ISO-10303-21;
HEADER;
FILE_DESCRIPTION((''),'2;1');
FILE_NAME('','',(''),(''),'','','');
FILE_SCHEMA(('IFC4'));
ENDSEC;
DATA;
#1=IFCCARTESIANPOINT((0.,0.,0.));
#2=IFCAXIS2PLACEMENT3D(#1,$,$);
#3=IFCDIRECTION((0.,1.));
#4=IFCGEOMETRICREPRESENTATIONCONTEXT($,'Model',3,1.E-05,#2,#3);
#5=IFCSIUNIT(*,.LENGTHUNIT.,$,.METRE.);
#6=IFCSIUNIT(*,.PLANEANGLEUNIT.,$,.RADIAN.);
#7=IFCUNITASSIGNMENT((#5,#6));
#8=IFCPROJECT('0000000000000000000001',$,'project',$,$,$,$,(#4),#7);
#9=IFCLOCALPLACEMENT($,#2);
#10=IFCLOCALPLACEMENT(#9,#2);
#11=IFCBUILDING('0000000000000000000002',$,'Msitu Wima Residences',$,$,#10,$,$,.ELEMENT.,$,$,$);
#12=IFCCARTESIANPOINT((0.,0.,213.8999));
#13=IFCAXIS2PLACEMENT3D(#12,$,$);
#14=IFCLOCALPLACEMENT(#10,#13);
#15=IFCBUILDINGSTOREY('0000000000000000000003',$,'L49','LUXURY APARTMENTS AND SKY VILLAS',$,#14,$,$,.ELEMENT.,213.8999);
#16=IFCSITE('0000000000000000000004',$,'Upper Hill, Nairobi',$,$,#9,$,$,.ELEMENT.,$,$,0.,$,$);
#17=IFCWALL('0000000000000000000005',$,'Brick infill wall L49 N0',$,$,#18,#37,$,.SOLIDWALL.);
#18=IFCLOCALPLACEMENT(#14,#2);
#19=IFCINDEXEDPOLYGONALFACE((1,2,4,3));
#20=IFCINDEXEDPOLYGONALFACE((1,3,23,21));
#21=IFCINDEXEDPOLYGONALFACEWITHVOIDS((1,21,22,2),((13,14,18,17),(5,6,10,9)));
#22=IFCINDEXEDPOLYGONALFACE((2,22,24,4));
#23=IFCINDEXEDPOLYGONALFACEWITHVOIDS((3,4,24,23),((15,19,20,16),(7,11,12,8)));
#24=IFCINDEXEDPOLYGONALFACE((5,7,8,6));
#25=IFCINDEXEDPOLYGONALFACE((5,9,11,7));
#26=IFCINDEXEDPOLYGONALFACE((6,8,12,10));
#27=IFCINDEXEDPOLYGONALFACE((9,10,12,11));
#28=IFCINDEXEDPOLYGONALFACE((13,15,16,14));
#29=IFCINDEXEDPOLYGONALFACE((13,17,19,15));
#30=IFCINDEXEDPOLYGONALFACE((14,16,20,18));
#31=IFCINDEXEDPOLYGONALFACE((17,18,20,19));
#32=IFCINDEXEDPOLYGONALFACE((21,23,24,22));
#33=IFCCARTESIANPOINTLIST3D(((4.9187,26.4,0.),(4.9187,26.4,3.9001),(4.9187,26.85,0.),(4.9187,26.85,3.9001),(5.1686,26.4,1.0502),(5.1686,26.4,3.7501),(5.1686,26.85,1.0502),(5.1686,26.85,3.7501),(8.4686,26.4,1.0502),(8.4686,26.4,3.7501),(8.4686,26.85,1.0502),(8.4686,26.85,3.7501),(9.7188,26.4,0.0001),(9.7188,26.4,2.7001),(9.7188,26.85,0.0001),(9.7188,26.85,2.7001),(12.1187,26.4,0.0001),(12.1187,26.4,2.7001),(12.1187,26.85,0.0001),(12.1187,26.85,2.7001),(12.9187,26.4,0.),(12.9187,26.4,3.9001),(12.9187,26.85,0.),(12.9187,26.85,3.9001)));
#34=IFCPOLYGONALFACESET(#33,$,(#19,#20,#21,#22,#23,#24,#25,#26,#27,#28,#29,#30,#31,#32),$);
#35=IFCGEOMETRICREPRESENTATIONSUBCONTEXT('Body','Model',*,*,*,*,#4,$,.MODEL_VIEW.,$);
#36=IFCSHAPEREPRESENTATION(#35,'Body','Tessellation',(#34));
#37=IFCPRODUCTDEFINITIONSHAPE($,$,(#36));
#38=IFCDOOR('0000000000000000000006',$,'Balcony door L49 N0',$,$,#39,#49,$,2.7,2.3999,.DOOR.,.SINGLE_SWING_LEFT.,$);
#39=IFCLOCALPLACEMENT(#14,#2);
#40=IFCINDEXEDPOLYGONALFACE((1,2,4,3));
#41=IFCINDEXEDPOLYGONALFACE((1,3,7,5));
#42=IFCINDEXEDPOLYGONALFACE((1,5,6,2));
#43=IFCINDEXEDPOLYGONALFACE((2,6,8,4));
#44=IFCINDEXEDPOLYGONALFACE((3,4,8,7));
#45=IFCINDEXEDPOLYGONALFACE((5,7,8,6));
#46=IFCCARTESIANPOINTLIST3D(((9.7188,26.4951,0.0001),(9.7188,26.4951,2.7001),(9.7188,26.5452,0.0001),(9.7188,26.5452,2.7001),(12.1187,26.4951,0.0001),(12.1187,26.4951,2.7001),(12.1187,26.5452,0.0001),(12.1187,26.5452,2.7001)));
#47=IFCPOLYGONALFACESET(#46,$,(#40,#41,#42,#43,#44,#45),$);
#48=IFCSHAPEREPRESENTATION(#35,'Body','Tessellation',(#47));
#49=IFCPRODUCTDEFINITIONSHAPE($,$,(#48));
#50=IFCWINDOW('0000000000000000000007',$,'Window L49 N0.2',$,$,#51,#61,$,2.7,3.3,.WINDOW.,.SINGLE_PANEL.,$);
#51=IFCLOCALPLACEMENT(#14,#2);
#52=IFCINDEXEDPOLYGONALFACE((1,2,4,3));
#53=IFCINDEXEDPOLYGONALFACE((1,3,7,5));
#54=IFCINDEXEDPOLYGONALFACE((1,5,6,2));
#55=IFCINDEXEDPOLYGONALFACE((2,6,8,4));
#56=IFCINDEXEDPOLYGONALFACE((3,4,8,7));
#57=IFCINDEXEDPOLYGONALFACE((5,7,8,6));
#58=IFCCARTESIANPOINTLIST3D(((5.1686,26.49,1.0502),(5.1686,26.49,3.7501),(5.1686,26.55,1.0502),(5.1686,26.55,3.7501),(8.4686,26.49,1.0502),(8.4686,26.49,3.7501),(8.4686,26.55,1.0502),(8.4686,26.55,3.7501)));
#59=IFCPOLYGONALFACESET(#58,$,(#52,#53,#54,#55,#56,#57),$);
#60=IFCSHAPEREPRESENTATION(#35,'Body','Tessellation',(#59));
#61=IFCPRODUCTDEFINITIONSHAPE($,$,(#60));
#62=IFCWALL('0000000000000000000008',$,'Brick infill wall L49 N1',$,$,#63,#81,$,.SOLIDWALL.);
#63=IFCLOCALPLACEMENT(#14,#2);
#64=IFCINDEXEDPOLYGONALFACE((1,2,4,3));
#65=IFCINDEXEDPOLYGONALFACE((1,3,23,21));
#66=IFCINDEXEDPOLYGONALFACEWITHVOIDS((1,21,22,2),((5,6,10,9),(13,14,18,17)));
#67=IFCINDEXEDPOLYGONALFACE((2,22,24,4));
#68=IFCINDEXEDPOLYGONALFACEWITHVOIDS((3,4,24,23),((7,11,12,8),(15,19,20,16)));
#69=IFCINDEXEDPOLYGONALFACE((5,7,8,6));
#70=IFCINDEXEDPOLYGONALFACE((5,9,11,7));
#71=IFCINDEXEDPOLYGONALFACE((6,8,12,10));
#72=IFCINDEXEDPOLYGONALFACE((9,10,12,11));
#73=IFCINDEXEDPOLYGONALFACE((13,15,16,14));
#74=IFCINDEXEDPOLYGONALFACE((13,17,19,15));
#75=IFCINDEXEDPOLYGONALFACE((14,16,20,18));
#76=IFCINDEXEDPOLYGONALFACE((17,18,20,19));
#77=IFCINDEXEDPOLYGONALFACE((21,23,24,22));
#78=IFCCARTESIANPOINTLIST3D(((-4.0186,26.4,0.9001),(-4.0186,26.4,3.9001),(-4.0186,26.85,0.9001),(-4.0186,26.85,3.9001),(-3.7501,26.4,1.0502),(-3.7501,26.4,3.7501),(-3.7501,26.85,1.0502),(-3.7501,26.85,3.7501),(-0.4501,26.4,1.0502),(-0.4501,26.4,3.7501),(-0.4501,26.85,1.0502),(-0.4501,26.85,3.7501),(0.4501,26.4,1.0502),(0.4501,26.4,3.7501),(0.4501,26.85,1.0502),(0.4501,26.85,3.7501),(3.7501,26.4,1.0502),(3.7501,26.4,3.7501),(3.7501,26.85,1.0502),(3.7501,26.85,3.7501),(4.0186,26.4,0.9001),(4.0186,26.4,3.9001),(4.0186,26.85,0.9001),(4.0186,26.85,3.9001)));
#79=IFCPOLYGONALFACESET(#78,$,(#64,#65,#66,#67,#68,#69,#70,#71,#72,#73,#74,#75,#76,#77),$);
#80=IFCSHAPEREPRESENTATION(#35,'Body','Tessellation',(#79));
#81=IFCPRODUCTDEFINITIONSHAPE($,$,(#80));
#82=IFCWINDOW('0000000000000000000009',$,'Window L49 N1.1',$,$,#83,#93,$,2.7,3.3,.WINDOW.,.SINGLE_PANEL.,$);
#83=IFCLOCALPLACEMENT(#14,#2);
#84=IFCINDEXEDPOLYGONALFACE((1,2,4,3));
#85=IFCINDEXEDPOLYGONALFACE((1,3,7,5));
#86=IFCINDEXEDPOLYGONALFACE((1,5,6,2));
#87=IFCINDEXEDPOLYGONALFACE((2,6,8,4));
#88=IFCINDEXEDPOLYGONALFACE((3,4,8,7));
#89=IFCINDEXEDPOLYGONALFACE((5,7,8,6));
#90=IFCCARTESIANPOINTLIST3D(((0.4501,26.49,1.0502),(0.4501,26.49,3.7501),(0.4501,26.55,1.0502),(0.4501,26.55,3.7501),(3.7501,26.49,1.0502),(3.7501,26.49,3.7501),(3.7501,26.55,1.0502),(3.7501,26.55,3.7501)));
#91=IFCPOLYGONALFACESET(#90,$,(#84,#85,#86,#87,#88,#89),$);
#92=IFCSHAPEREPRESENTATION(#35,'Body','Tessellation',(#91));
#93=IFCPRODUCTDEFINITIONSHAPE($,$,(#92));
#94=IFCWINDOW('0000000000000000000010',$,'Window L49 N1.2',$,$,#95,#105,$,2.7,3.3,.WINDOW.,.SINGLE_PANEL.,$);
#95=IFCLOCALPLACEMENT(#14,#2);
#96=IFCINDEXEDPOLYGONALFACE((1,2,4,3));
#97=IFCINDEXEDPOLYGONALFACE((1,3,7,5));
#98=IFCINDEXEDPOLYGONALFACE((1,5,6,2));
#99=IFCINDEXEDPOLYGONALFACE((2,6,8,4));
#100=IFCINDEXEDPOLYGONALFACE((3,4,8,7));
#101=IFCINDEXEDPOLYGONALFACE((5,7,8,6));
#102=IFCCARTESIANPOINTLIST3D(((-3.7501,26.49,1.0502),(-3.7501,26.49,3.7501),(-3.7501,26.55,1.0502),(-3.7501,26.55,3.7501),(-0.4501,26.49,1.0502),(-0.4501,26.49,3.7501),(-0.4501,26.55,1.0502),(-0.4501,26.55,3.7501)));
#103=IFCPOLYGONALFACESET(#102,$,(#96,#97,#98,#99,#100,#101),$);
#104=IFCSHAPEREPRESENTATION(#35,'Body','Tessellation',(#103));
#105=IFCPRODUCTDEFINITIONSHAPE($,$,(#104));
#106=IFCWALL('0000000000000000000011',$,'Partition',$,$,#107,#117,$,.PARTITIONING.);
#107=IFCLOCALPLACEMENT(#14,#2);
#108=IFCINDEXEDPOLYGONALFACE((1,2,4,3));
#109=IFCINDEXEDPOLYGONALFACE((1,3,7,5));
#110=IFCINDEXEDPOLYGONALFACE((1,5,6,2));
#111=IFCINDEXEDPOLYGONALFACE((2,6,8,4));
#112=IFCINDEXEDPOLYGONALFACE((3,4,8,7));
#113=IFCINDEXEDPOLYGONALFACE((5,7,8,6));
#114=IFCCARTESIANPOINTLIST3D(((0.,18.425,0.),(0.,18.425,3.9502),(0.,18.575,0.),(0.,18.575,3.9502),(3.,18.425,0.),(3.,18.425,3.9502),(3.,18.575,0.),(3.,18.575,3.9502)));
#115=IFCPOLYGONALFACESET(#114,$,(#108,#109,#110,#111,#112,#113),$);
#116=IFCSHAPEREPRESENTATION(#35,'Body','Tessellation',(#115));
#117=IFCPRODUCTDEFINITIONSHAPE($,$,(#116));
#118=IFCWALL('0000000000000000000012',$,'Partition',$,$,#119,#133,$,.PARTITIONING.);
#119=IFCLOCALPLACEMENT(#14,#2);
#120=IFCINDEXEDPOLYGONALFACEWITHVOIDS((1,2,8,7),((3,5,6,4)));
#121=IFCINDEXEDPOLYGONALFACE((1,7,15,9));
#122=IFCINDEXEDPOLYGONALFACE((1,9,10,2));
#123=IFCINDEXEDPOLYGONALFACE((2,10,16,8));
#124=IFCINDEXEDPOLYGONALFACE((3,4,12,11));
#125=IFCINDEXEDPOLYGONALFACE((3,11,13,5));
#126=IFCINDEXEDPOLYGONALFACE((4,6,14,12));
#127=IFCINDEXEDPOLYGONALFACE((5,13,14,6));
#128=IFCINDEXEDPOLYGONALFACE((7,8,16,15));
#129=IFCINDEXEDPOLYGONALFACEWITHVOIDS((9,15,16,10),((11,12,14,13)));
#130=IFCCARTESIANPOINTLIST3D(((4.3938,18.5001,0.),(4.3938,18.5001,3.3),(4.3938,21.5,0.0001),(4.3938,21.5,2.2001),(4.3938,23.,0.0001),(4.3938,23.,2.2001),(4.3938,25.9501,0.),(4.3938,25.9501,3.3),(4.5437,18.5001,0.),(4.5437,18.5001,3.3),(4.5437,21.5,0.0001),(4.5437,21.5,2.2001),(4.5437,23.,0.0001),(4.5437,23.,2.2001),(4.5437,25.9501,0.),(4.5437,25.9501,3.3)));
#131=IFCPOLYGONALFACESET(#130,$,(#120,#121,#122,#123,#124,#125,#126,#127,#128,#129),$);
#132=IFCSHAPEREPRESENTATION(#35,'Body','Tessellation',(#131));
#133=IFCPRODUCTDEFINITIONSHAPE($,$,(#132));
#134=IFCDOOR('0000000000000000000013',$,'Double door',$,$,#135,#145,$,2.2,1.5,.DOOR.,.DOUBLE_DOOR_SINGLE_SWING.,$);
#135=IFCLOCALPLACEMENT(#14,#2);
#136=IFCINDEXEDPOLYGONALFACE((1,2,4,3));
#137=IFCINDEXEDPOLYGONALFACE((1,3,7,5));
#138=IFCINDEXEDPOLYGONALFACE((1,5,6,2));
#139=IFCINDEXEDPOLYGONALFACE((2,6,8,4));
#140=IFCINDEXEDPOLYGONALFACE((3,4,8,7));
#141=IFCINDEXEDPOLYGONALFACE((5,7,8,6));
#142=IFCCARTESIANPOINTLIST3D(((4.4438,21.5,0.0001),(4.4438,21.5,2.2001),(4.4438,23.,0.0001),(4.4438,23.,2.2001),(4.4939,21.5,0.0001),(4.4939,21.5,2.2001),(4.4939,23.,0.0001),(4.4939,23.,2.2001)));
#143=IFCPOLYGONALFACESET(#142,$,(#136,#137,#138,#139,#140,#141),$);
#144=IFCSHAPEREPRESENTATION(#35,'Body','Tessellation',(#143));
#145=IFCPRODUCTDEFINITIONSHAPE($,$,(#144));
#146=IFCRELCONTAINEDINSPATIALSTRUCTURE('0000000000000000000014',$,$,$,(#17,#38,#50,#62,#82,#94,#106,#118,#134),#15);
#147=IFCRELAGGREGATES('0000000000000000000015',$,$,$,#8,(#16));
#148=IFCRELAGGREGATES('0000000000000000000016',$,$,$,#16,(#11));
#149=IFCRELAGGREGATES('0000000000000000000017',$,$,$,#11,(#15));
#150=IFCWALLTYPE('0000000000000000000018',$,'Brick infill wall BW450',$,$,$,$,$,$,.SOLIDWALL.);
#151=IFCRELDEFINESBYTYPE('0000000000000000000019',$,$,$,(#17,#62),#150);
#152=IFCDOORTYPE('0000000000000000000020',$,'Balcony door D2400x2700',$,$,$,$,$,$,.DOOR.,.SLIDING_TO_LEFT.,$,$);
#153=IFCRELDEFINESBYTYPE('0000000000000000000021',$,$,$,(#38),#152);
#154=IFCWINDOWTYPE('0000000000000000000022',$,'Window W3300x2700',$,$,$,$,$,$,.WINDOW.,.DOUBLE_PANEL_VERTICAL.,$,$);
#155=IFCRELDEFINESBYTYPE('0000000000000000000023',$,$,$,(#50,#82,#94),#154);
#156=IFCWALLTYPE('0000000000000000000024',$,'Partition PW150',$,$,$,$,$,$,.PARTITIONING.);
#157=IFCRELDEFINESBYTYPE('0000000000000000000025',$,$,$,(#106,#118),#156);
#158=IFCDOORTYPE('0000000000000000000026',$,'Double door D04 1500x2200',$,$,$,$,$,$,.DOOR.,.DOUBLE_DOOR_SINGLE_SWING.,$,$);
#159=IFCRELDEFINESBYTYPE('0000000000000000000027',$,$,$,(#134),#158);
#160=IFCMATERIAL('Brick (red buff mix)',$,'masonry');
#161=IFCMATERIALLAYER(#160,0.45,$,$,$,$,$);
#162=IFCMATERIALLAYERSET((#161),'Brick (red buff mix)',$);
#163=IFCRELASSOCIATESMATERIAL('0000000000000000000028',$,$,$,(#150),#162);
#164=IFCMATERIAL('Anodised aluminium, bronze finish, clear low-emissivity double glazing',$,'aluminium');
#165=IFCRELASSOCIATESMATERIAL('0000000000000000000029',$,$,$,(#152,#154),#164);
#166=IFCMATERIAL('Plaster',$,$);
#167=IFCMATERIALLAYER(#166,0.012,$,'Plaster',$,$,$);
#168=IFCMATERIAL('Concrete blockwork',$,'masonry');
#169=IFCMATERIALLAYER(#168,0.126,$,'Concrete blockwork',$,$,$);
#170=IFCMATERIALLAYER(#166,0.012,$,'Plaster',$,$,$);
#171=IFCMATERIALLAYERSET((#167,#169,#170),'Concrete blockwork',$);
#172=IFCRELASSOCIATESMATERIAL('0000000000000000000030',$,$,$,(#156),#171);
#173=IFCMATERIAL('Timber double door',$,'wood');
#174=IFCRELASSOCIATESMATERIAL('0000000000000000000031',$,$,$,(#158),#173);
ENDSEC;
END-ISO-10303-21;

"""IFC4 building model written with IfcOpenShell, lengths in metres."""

from ifc_helpers import new_model, si_unit, direction, frame, frame_2d, origin, place, context, subcontext, project, spatial, rectangle, extrude, material, layer, layer_set, type_object, element, fill, save


model = new_model("IFC4")

# Units and contexts
model_context = context("Model", 3, precision=1e-05, world=origin(), true_north=direction((0.0, 1.0)))
body_context = subcontext(model_context, "Body", "Model", "MODEL_VIEW")
ifc_project = project(units=[si_unit("LENGTHUNIT", "METRE"), si_unit("PLANEANGLEUNIT", "RADIAN")], contexts=[model_context])

# Site, building, storey
site_placement = place(None, origin())
site = spatial("IfcSite", under=ifc_project, at=site_placement, Name="Upper Hill, Nairobi", CompositionType="ELEMENT", RefElevation=0.0)
building_placement = place(site_placement, origin())
building = spatial("IfcBuilding", under=site, at=building_placement, Name="Msitu Wima Residences", CompositionType="ELEMENT")
storey_placement = place(building_placement, frame((0.0, 0.0, 213.8999)))
storey = spatial("IfcBuildingStorey", under=building, at=storey_placement, Name="L49", Description="LUXURY APARTMENTS AND SKY VILLAS", CompositionType="ELEMENT", Elevation=213.8999)

# Wall, openings, door, window
ifc_material_1 = material(Name="Brick (red buff mix)", Category="masonry")
ifc_layer_1 = layer(ifc_material_1, 0.45)
ifc_layer_set_1 = layer_set([ifc_layer_1], Name="Brick (red buff mix)")
wall_type_1 = type_object("IfcWallType", Name="Brick infill wall BW450", PredefinedType="SOLIDWALL", material=ifc_layer_set_1)
wall_1_placement = place(storey_placement, frame((12.9187, 26.625, 0.0), z_axis=(0.0, 0.0, 1.0), x_axis=(-1.0, 0.0, 0.0)))
wall_1 = element("IfcWall", 1, at=wall_1_placement, inside=storey, type_object=wall_type_1, Name="Brick infill wall L49 N0", PredefinedType="SOLIDWALL", context=body_context, shape_type="SweptSolid", body=[
    extrude(rectangle(XDim=8.0, YDim=0.45, at=frame_2d((4.0, 0.0))), origin(), (0.0, 0.0, 1.0), 3.9001),
])
opening_1_placement = place(wall_1_placement, frame((0.8, 0.0, 0.0)))
opening_1 = element("IfcOpeningElement", 2, at=opening_1_placement, cuts=wall_1, PredefinedType="OPENING", context=body_context, shape_type="SweptSolid", body=[
    extrude(rectangle(XDim=2.3999, YDim=2.7, at=frame_2d((1.2, 1.3501))), frame((0.0, 0.2349, 0.0), z_axis=(0.0, -1.0, 0.0), x_axis=(1.0, 0.0, 0.0)), (0.0, 0.0, 1.0), 0.47),
])
opening_2_placement = place(wall_1_placement, frame((4.4502, 0.0, 1.05)))
opening_2 = element("IfcOpeningElement", 3, at=opening_2_placement, cuts=wall_1, PredefinedType="OPENING", context=body_context, shape_type="SweptSolid", body=[
    extrude(rectangle(XDim=3.3, YDim=2.7, at=frame_2d((1.6499, 1.3501))), frame((0.0, 0.2349, 0.0), z_axis=(0.0, -1.0, 0.0), x_axis=(1.0, 0.0, 0.0)), (0.0, 0.0, 1.0), 0.47),
])
ifc_material_2 = material(Name="Anodised aluminium, bronze finish, clear low-emissivity double glazing", Category="aluminium")
door_type_1 = type_object("IfcDoorType", Name="Balcony door D2400x2700", OperationType="SLIDING_TO_LEFT", PredefinedType="DOOR", material=ifc_material_2)
door_1_placement = place(opening_1_placement, origin())
door_1 = element("IfcDoor", 4, at=door_1_placement, inside=storey, type_object=door_type_1, Name="Balcony door L49 N0", OperationType="SINGLE_SWING_LEFT", OverallHeight=2.7, OverallWidth=2.3999, PredefinedType="DOOR", context=body_context, shape_type="SweptSolid", body=[
    extrude(rectangle(XDim=2.3999, YDim=2.7, at=frame_2d((1.2, 1.3501))), frame((0.0, 0.1299, 0.0), z_axis=(0.0, -1.0, 0.0), x_axis=(1.0, 0.0, 0.0)), (0.0, 0.0, 1.0), 0.05),
])
fill(opening_1, door_1)
window_type = type_object("IfcWindowType", Name="Window W3300x2700", PartitioningType="DOUBLE_PANEL_VERTICAL", PredefinedType="WINDOW", material=ifc_material_2)
window_1_placement = place(opening_2_placement, origin())
window_1 = element("IfcWindow", 5, at=window_1_placement, inside=storey, type_object=window_type, Name="Window L49 N0.2", OverallHeight=2.7, OverallWidth=3.3, PartitioningType="SINGLE_PANEL", PredefinedType="WINDOW", context=body_context, shape_type="SweptSolid", body=[
    extrude(rectangle(XDim=3.3, YDim=2.7, at=frame_2d((1.6499, 1.3501))), frame((0.0, 0.135, 0.0), z_axis=(0.0, -1.0, 0.0), x_axis=(1.0, 0.0, 0.0)), (0.0, 0.0, 1.0), 0.0601),
])
fill(opening_2, window_1)

# Wall, openings, windows
wall_2_placement = place(storey_placement, frame((4.0186, 26.625, 0.9001), z_axis=(0.0, 0.0, 1.0), x_axis=(-1.0, 0.0, 0.0)))
wall_2 = element("IfcWall", 6, at=wall_2_placement, inside=storey, type_object=wall_type_1, Name="Brick infill wall L49 N1", PredefinedType="SOLIDWALL", context=body_context, shape_type="SweptSolid", body=[
    extrude(rectangle(XDim=8.0371, YDim=0.45, at=frame_2d((4.0186, 0.0))), origin(), (0.0, 0.0, 1.0), 3.0),
])
opening_3_placement = place(wall_2_placement, frame((0.2686, 0.0, 0.1499)))
opening_3 = element("IfcOpeningElement", 7, at=opening_3_placement, cuts=wall_2, PredefinedType="OPENING", context=body_context, shape_type="SweptSolid", body=[
    extrude(rectangle(XDim=3.3, YDim=2.7, at=frame_2d((1.6499, 1.3501))), frame((0.0, 0.2349, 0.0), z_axis=(0.0, -1.0, 0.0), x_axis=(1.0, 0.0, 0.0)), (0.0, 0.0, 1.0), 0.47),
])
opening_4_placement = place(wall_2_placement, frame((4.4688, 0.0, 0.1499)))
opening_4 = element("IfcOpeningElement", 8, at=opening_4_placement, cuts=wall_2, PredefinedType="OPENING", context=body_context, shape_type="SweptSolid", body=[
    extrude(rectangle(XDim=3.3, YDim=2.7, at=frame_2d((1.6499, 1.3501))), frame((0.0, 0.2349, 0.0), z_axis=(0.0, -1.0, 0.0), x_axis=(1.0, 0.0, 0.0)), (0.0, 0.0, 1.0), 0.47),
])
window_2_placement = place(opening_3_placement, origin())
window_2 = element("IfcWindow", 9, at=window_2_placement, inside=storey, type_object=window_type, Name="Window L49 N1.1", OverallHeight=2.7, OverallWidth=3.3, PartitioningType="SINGLE_PANEL", PredefinedType="WINDOW", context=body_context, shape_type="SweptSolid", body=[
    extrude(rectangle(XDim=3.3, YDim=2.7, at=frame_2d((1.6499, 1.3501))), frame((0.0, 0.135, 0.0), z_axis=(0.0, -1.0, 0.0), x_axis=(1.0, 0.0, 0.0)), (0.0, 0.0, 1.0), 0.0601),
])
fill(opening_3, window_2)
window_3_placement = place(opening_4_placement, origin())
window_3 = element("IfcWindow", 10, at=window_3_placement, inside=storey, type_object=window_type, Name="Window L49 N1.2", OverallHeight=2.7, OverallWidth=3.3, PartitioningType="SINGLE_PANEL", PredefinedType="WINDOW", context=body_context, shape_type="SweptSolid", body=[
    extrude(rectangle(XDim=3.3, YDim=2.7, at=frame_2d((1.6499, 1.3501))), frame((0.0, 0.135, 0.0), z_axis=(0.0, -1.0, 0.0), x_axis=(1.0, 0.0, 0.0)), (0.0, 0.0, 1.0), 0.0601),
])
fill(opening_4, window_3)

# Wall
ifc_material_3 = material(Name="Plaster")
ifc_layer_2 = layer(ifc_material_3, 0.012, Name="Plaster")
ifc_material_4 = material(Name="Concrete blockwork", Category="masonry")
ifc_layer_3 = layer(ifc_material_4, 0.126, Name="Concrete blockwork")
ifc_layer_4 = layer(ifc_material_3, 0.012, Name="Plaster")
ifc_layer_set_2 = layer_set([ifc_layer_2, ifc_layer_3, ifc_layer_4], Name="Concrete blockwork")
wall_type_2 = type_object("IfcWallType", Name="Partition PW150", PredefinedType="PARTITIONING", material=ifc_layer_set_2)
wall_3_placement = place(storey_placement, frame((0.0, 18.5, 0.0), z_axis=(0.0, 0.0, 1.0), x_axis=(1.0, 0.0, 0.0)))
element("IfcWall", 11, at=wall_3_placement, inside=storey, type_object=wall_type_2, Name="Partition", PredefinedType="PARTITIONING", context=body_context, shape_type="SweptSolid", body=[
    extrude(rectangle(XDim=3.0, YDim=0.1499, at=frame_2d((1.5, 0.0))), origin(), (0.0, 0.0, 1.0), 3.9502),
])

# Wall, opening, door
wall_4_placement = place(storey_placement, frame((4.4688, 18.5, 0.0), z_axis=(0.0, 0.0, 1.0), x_axis=(0.0, 1.0, 0.0)))
wall_4 = element("IfcWall", 12, at=wall_4_placement, inside=storey, type_object=wall_type_2, Name="Partition", PredefinedType="PARTITIONING", context=body_context, shape_type="SweptSolid", body=[
    extrude(rectangle(XDim=7.45, YDim=0.1499, at=frame_2d((3.7251, 0.0))), origin(), (0.0, 0.0, 1.0), 3.3),
])
opening_5_placement = place(wall_4_placement, frame((3.0, 0.0, 0.0)))
opening_5 = element("IfcOpeningElement", 13, at=opening_5_placement, cuts=wall_4, PredefinedType="OPENING", context=body_context, shape_type="SweptSolid", body=[
    extrude(rectangle(XDim=1.5, YDim=2.2, at=frame_2d((0.75, 1.1001))), frame((0.0, 0.085, 0.0), z_axis=(0.0, -1.0, 0.0), x_axis=(1.0, 0.0, 0.0)), (0.0, 0.0, 1.0), 0.1699),
])
ifc_material_5 = material(Name="Timber double door", Category="wood")
door_type_2 = type_object("IfcDoorType", Name="Double door D04 1500x2200", OperationType="DOUBLE_DOOR_SINGLE_SWING", PredefinedType="DOOR", material=ifc_material_5)
door_2_placement = place(opening_5_placement, origin())
door_2 = element("IfcDoor", 14, at=door_2_placement, inside=storey, type_object=door_type_2, Name="Double door", OperationType="DOUBLE_DOOR_SINGLE_SWING", OverallHeight=2.2, OverallWidth=1.5, PredefinedType="DOOR", context=body_context, shape_type="SweptSolid", body=[
    extrude(rectangle(XDim=1.5, YDim=2.2, at=frame_2d((0.75, 1.1001))), frame((0.0, 0.0249, 0.0), z_axis=(0.0, -1.0, 0.0), x_axis=(1.0, 0.0, 0.0)), (0.0, 0.0, 1.0), 0.05),
])
fill(opening_5, door_2)

save(model, "model.ifc")
